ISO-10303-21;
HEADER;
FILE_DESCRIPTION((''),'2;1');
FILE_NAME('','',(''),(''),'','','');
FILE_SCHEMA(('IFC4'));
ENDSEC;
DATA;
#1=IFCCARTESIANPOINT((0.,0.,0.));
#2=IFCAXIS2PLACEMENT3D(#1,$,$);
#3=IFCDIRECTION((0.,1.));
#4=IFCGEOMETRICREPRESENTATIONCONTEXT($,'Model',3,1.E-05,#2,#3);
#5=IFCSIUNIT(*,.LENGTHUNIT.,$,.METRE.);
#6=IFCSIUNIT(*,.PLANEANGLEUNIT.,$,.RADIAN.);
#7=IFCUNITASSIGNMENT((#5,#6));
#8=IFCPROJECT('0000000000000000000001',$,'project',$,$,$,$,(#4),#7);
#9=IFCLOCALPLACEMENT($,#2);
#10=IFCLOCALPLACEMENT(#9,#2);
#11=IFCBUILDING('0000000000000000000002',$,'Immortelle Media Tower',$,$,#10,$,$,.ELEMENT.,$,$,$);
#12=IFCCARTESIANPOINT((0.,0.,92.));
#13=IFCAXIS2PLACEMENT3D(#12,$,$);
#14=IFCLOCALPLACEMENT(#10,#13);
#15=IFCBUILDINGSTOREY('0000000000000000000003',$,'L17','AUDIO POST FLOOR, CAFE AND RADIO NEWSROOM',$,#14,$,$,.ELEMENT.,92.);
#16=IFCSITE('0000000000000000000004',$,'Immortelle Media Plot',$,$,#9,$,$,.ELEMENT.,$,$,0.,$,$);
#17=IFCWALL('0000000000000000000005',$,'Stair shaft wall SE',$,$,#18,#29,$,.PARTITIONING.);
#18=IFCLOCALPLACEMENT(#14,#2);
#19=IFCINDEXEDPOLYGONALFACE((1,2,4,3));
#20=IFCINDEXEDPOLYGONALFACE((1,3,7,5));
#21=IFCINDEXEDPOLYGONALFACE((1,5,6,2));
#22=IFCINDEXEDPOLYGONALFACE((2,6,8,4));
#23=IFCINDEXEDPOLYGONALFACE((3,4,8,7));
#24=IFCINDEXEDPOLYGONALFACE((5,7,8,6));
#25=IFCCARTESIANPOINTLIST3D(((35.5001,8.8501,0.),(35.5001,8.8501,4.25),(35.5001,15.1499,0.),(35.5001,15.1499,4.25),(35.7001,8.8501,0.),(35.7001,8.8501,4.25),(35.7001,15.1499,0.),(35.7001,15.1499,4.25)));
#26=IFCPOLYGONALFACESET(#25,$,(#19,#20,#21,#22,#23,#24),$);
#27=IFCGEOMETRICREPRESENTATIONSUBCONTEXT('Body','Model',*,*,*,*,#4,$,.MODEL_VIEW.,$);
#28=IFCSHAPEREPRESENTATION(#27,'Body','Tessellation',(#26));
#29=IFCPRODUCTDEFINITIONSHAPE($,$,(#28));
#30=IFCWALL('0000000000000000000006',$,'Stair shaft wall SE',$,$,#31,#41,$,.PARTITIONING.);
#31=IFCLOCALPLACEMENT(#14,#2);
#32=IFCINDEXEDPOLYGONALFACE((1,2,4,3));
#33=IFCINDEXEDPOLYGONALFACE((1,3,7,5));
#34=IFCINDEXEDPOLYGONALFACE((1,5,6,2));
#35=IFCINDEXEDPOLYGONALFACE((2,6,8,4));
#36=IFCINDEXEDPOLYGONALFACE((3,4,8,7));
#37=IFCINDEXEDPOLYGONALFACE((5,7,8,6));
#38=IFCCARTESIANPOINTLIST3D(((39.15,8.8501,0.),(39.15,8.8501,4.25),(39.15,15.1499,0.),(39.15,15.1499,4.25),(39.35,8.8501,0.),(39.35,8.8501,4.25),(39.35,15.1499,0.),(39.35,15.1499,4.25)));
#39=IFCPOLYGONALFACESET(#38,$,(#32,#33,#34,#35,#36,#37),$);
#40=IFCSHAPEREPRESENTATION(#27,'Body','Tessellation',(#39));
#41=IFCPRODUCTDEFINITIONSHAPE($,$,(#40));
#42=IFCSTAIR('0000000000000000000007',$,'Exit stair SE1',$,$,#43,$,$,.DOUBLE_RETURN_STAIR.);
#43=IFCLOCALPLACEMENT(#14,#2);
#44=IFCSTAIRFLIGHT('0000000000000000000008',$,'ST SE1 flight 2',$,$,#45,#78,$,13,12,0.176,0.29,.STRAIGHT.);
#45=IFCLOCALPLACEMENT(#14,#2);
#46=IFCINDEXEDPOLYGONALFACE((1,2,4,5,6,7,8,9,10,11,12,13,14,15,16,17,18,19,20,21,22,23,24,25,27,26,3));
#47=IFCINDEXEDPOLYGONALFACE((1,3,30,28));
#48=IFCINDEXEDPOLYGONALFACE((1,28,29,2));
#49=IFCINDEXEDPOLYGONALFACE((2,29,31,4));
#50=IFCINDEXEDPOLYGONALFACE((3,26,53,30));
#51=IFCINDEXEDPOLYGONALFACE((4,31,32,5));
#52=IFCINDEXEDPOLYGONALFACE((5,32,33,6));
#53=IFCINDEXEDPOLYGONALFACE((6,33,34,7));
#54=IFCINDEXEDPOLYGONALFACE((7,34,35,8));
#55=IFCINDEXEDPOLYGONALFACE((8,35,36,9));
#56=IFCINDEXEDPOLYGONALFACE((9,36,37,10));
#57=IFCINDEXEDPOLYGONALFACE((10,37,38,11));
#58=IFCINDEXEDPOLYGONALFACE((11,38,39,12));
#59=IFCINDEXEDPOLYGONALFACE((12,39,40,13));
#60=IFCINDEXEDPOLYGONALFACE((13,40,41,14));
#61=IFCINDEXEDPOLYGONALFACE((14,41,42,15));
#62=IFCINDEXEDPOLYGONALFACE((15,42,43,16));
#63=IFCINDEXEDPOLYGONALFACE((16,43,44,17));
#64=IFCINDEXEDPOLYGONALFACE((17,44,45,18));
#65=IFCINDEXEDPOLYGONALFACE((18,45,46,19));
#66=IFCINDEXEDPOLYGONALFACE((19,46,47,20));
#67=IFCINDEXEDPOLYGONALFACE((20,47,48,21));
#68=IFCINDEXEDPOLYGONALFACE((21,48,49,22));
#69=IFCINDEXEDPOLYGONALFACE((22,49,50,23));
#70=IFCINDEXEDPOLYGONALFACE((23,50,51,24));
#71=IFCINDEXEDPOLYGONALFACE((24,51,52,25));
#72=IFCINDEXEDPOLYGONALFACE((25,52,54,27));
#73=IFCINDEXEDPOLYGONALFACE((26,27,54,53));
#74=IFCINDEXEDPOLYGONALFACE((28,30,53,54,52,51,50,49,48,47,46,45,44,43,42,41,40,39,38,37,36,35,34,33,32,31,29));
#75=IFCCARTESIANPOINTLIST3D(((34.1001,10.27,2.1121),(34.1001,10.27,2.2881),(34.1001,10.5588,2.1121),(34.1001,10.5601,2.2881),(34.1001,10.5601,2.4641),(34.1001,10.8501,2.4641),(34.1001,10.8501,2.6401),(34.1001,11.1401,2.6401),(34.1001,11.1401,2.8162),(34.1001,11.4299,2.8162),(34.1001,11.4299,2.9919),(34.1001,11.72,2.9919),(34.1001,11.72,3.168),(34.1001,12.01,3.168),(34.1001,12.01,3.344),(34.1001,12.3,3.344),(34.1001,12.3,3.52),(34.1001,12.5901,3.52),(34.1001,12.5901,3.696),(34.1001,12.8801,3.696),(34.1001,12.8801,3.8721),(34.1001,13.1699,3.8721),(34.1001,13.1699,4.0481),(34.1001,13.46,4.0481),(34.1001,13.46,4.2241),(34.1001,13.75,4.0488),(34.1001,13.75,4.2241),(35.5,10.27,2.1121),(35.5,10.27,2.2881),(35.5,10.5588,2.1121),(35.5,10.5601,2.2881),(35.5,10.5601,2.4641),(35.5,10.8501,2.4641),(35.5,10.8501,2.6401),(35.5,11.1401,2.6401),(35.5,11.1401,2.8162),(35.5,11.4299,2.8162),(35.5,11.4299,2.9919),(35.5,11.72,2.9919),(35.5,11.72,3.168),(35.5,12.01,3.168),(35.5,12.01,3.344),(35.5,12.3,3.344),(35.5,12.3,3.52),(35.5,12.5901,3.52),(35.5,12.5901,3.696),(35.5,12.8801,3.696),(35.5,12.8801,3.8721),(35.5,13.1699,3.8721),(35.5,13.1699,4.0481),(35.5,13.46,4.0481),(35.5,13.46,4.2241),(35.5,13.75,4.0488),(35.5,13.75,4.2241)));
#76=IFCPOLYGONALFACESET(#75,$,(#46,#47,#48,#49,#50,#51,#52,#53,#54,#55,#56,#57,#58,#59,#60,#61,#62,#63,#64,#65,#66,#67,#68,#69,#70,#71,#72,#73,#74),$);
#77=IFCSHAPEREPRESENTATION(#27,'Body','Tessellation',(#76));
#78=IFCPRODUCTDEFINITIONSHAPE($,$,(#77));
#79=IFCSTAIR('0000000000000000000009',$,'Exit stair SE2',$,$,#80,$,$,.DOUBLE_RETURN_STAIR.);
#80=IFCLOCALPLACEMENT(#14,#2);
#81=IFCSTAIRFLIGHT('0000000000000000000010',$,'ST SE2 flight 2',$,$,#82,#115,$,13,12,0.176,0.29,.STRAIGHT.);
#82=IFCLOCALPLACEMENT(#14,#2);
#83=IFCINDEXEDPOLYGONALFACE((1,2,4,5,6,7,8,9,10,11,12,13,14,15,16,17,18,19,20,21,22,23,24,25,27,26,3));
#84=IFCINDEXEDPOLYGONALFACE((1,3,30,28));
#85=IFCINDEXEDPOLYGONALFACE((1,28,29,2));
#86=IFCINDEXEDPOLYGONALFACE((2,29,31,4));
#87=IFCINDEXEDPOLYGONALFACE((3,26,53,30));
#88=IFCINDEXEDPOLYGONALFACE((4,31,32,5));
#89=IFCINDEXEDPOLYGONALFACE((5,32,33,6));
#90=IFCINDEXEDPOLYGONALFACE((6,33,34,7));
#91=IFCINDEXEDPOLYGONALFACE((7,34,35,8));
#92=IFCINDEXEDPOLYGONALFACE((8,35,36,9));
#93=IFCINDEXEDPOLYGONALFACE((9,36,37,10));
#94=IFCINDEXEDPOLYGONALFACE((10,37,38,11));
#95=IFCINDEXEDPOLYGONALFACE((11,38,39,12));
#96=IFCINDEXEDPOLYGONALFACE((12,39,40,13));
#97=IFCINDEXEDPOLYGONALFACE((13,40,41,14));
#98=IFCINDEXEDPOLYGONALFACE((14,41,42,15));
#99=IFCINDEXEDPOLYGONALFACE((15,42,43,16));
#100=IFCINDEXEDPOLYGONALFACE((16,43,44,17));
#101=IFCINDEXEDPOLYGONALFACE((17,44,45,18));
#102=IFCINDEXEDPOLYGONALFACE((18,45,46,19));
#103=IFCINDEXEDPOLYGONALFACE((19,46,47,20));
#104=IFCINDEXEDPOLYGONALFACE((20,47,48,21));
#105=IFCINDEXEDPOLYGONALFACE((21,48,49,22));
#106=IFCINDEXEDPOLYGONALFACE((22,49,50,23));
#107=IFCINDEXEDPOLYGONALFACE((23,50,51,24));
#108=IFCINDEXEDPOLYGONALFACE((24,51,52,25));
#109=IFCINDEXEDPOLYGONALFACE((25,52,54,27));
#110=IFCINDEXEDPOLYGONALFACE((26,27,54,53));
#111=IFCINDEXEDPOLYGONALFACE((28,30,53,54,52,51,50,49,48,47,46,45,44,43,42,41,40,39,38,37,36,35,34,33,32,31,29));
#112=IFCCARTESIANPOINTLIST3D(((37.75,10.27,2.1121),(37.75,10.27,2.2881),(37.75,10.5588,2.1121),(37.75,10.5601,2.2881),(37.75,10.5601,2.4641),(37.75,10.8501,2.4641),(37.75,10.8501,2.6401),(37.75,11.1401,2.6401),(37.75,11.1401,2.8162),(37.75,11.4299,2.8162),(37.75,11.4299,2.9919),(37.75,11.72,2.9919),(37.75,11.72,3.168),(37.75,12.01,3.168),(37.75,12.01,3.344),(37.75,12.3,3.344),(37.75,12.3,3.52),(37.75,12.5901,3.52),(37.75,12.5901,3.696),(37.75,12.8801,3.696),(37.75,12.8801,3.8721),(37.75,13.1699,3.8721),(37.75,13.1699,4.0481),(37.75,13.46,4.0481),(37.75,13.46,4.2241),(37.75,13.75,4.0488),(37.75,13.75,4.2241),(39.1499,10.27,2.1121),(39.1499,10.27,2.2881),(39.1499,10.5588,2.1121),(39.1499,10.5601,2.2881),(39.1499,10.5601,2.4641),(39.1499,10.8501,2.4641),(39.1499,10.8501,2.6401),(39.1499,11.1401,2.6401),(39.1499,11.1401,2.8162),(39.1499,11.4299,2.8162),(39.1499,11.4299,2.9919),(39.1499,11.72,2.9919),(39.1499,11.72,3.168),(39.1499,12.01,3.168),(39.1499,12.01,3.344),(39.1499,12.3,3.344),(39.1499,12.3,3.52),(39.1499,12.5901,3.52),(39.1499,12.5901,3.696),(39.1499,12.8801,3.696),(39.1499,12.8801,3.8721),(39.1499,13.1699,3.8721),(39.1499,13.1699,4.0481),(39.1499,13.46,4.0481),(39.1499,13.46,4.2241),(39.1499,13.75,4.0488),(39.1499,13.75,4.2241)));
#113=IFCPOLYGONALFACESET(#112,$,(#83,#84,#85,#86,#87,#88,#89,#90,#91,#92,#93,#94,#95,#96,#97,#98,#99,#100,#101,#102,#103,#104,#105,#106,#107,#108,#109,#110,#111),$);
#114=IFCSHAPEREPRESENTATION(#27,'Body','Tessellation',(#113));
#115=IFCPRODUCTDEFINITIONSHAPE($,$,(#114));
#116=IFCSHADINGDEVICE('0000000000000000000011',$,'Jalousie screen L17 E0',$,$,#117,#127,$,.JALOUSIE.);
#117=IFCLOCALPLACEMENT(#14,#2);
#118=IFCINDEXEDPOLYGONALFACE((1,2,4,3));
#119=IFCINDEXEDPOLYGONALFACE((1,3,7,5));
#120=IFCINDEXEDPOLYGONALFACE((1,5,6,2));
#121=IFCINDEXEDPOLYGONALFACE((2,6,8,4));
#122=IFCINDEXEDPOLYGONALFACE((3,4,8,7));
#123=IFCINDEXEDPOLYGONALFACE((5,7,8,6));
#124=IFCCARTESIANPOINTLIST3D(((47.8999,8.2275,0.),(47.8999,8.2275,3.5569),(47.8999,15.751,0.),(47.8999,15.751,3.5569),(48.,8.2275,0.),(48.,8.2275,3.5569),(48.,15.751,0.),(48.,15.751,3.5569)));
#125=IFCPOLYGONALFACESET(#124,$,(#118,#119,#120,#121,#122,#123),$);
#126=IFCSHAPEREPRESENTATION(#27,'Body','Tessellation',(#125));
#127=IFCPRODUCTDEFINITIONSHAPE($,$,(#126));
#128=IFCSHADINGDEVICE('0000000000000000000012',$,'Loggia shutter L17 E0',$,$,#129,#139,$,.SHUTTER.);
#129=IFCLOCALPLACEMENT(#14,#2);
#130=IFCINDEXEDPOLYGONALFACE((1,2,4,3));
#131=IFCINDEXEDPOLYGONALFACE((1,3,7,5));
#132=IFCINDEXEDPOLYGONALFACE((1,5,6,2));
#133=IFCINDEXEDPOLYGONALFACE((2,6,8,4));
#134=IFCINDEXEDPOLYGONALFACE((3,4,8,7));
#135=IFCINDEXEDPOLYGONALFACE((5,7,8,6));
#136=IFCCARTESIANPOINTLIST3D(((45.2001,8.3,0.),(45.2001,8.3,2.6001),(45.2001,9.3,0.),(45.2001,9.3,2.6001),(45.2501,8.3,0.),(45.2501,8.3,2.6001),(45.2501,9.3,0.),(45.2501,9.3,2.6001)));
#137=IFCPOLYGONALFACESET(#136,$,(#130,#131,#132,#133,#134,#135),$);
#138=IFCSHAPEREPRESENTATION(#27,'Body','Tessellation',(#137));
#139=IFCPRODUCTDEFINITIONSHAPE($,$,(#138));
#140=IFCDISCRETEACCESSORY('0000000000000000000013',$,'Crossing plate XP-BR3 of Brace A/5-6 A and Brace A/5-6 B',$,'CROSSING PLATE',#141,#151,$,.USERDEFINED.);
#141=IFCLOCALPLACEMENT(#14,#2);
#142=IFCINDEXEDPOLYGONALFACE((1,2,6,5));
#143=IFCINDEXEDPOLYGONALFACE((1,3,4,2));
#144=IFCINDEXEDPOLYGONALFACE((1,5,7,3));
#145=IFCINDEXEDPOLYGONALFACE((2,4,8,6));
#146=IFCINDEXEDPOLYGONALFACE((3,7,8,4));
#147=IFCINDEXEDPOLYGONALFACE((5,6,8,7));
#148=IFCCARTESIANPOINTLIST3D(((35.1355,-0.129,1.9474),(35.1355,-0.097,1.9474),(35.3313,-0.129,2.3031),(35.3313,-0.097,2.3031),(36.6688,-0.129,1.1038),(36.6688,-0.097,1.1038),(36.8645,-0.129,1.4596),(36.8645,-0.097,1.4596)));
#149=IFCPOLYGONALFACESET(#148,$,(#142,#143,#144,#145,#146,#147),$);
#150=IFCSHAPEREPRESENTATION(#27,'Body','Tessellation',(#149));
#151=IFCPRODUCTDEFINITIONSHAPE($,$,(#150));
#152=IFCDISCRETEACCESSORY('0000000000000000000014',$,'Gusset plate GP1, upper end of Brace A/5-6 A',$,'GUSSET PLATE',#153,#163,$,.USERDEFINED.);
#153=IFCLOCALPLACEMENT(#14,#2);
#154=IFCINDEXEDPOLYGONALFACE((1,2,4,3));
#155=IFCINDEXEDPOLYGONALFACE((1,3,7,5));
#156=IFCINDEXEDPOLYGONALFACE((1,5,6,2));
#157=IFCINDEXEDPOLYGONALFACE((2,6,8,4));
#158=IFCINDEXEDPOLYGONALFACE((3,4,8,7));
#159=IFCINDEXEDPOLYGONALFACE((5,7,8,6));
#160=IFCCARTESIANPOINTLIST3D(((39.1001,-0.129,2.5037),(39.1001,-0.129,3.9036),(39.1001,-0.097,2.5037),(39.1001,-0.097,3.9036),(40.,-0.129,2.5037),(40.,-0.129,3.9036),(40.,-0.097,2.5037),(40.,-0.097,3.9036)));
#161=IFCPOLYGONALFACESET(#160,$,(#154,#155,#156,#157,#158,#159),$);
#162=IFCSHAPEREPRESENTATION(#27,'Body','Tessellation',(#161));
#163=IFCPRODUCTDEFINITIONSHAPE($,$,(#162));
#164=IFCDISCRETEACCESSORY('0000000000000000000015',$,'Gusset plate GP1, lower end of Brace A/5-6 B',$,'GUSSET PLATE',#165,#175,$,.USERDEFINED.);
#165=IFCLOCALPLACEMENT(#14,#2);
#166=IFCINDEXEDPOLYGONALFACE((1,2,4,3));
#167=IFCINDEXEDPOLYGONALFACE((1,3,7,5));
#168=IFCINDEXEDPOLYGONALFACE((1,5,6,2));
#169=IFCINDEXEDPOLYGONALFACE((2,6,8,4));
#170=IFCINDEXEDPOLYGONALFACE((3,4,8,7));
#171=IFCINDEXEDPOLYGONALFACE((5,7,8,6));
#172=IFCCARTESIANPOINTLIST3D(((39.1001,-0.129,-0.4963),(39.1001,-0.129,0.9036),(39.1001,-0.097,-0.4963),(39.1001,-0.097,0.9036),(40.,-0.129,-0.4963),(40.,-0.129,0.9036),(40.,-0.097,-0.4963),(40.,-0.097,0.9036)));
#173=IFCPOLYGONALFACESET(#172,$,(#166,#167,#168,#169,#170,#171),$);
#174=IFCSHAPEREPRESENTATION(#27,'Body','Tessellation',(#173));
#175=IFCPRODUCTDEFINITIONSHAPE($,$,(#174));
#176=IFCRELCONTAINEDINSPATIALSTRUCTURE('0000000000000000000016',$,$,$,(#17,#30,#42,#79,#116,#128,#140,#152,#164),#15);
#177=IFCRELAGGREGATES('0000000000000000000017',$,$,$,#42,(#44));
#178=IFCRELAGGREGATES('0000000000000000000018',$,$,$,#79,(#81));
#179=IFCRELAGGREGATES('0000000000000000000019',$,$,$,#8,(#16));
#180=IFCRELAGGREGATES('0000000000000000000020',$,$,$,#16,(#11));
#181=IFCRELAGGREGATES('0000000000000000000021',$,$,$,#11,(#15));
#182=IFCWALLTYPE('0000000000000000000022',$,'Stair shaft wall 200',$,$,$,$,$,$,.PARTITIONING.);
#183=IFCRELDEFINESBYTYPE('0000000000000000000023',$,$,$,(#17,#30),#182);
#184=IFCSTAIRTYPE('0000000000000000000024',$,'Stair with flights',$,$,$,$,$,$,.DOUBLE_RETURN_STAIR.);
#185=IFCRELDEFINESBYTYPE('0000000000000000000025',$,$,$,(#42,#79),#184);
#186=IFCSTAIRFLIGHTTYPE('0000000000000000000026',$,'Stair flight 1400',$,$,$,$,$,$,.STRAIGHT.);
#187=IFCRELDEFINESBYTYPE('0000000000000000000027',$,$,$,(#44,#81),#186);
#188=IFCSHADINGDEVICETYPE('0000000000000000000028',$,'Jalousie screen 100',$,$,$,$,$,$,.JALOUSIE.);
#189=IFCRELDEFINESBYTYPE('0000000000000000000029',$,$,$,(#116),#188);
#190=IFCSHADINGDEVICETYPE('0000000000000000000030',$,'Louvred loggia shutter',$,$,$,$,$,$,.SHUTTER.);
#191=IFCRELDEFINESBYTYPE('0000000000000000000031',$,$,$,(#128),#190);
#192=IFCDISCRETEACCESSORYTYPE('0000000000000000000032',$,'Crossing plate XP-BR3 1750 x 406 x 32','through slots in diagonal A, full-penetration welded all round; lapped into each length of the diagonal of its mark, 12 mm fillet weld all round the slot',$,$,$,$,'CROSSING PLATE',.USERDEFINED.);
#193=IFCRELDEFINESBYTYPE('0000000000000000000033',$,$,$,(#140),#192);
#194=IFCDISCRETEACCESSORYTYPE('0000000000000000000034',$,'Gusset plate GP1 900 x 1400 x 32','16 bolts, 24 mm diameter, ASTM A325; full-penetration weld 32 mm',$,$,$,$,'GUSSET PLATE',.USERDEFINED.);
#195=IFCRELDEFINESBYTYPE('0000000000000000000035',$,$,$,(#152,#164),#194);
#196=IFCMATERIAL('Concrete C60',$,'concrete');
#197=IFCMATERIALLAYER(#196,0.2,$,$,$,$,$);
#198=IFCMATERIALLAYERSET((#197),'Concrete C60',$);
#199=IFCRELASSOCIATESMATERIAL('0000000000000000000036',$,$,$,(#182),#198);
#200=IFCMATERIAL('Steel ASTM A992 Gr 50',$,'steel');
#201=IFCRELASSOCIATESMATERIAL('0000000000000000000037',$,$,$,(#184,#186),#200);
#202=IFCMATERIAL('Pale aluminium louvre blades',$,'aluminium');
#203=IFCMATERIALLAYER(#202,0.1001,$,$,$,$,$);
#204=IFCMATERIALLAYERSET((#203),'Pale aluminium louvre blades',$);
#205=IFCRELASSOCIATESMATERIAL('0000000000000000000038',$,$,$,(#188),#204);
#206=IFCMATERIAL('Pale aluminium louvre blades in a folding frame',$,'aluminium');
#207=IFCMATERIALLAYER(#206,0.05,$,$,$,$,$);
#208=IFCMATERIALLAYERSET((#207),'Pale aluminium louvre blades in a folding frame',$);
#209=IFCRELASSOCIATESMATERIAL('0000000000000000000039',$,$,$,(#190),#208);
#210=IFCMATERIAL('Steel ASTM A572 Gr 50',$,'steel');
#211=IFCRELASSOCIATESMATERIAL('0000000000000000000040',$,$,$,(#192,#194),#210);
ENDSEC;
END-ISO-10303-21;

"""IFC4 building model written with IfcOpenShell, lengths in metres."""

from ifc_helpers import new_model, si_unit, direction, frame, frame_2d, origin, origin_2d, place, context, subcontext, project, spatial, polyline, rectangle, outline, extrude, material, layer, layer_set, material_profile, profile_set, type_object, element, aggregate, save


model = new_model("IFC4")

# Units and contexts
model_context = context("Model", 3, precision=1e-05, world=origin(), true_north=direction((0.0, 1.0)))
body_context = subcontext(model_context, "Body", "Model", "MODEL_VIEW")
ifc_project = project(units=[si_unit("LENGTHUNIT", "METRE"), si_unit("PLANEANGLEUNIT", "RADIAN")], contexts=[model_context])

# Site, building, storey
site_placement = place(None, origin())
site = spatial("IfcSite", under=ifc_project, at=site_placement, Name="Immortelle Media Plot", CompositionType="ELEMENT", RefElevation=0.0)
building_placement = place(site_placement, origin())
building = spatial("IfcBuilding", under=site, at=building_placement, Name="Immortelle Media Tower", CompositionType="ELEMENT")
storey_placement = place(building_placement, frame((0.0, 0.0, 92.0)))
storey = spatial("IfcBuildingStorey", under=building, at=storey_placement, Name="L17", Description="AUDIO POST FLOOR, CAFE AND RADIO NEWSROOM", CompositionType="ELEMENT", Elevation=92.0)

# Shared definitions
ifc_material_1 = material(Name="Steel ASTM A992 Gr 50", Category="steel")

# Walls
ifc_material_2 = material(Name="Concrete C60", Category="concrete")
ifc_layer_1 = layer(ifc_material_2, 0.2)
ifc_layer_set_1 = layer_set([ifc_layer_1], Name="Concrete C60")
wall_type_1 = type_object("IfcWallType", Name="Stair shaft wall 200", PredefinedType="PARTITIONING", material=ifc_layer_set_1)
for number, where, z_axis, x_axis, name in (
    (1, (35.6001, 8.8501, 0.0), (0.0, 0.0, 1.0), (0.0, 1.0, 0.0), "Stair shaft wall SE"),
    (2, (39.25, 8.8501, 0.0), (0.0, 0.0, 1.0), (0.0, 1.0, 0.0), "Stair shaft wall SE"),
):
    element("IfcWall", number, at=place(storey_placement, frame(where, z_axis=z_axis, x_axis=x_axis)), inside=storey, type_object=wall_type_1, Name=name, PredefinedType="PARTITIONING", context=body_context, shape_type="SweptSolid", body=[
        extrude(rectangle(XDim=6.2998, YDim=0.2, at=frame_2d((3.1499, 0.0))), origin(), (0.0, 0.0, 1.0), 4.25),
    ])

# Stairs, stair flights
stair_type = type_object("IfcStairType", Name="Stair with flights", PredefinedType="DOUBLE_RETURN_STAIR", material=ifc_material_1)
stair_1_placement = place(storey_placement, origin())
stair_1 = element("IfcStair", 3, at=stair_1_placement, inside=storey, type_object=stair_type, Name="Exit stair SE1", PredefinedType="DOUBLE_RETURN_STAIR")
stair_flight_type = type_object("IfcStairFlightType", Name="Stair flight 1400", PredefinedType="STRAIGHT", material=ifc_material_1)
stair_flight_1_placement = place(storey_placement, frame((34.8, 10.27, 2.1121), z_axis=(0.0, 0.0, 1.0), x_axis=(0.0, 1.0, 0.0)))
stair_flight_1 = element("IfcStairFlight", 4, at=stair_flight_1_placement, type_object=stair_flight_type, Name="ST SE1 flight 2", NumberOfRisers=13, NumberOfTreads=12, PredefinedType="STRAIGHT", RiserHeight=0.176, TreadLength=0.29, context=body_context, shape_type="SweptSolid", body=[
    extrude(outline(polyline([(0.0, 0.0), (0.0, 0.176), (0.29, 0.176), (0.29, 0.3521), (0.5801, 0.3521), (0.5801, 0.5281), (0.8701, 0.5281), (0.8701, 0.7041), (1.1599, 0.7041), (1.1599, 0.8799), (1.45, 0.8799), (1.45, 1.0559), (1.74, 1.0559), (1.74, 1.2319), (2.03, 1.2319), (2.03, 1.408), (2.3201, 1.408), (2.3201, 1.584), (2.6101, 1.584), (2.6101, 1.76), (2.8999, 1.76), (2.8999, 1.936), (3.1899, 1.936), (3.1899, 2.1121), (3.48, 2.1121), (3.48, 2.2881), (3.48, 1.9368), (0.2888, 0.0), (0.0, 0.0)])), frame((0.0, 0.7, 0.0), z_axis=(0.0, -1.0, 0.0), x_axis=(1.0, 0.0, 0.0)), (0.0, 0.0, 1.0), 1.3999),
])
aggregate(stair_1, [stair_flight_1])
stair_2_placement = place(storey_placement, origin())
stair_2 = element("IfcStair", 5, at=stair_2_placement, inside=storey, type_object=stair_type, Name="Exit stair SE2", PredefinedType="DOUBLE_RETURN_STAIR")
stair_flight_2_placement = place(storey_placement, frame((38.45, 10.27, 2.1121), z_axis=(0.0, 0.0, 1.0), x_axis=(0.0, 1.0, 0.0)))
stair_flight_2 = element("IfcStairFlight", 6, at=stair_flight_2_placement, type_object=stair_flight_type, Name="ST SE2 flight 2", NumberOfRisers=13, NumberOfTreads=12, PredefinedType="STRAIGHT", RiserHeight=0.176, TreadLength=0.29, context=body_context, shape_type="SweptSolid", body=[
    extrude(outline(polyline([(0.0, 0.0), (0.0, 0.176), (0.29, 0.176), (0.29, 0.3521), (0.5801, 0.3521), (0.5801, 0.5281), (0.8701, 0.5281), (0.8701, 0.7041), (1.1599, 0.7041), (1.1599, 0.8799), (1.45, 0.8799), (1.45, 1.0559), (1.74, 1.0559), (1.74, 1.2319), (2.03, 1.2319), (2.03, 1.408), (2.3201, 1.408), (2.3201, 1.584), (2.6101, 1.584), (2.6101, 1.76), (2.8999, 1.76), (2.8999, 1.936), (3.1899, 1.936), (3.1899, 2.1121), (3.48, 2.1121), (3.48, 2.2881), (3.48, 1.9368), (0.2888, 0.0), (0.0, 0.0)])), frame((0.0, 0.7, 0.0), z_axis=(0.0, -1.0, 0.0), x_axis=(1.0, 0.0, 0.0)), (0.0, 0.0, 1.0), 1.3999),
])
aggregate(stair_2, [stair_flight_2])

# Shading devices
ifc_material_3 = material(Name="Pale aluminium louvre blades", Category="aluminium")
ifc_layer_2 = layer(ifc_material_3, 0.1001)
ifc_layer_set_2 = layer_set([ifc_layer_2], Name="Pale aluminium louvre blades")
shading_device_type_1 = type_object("IfcShadingDeviceType", Name="Jalousie screen 100", PredefinedType="JALOUSIE", material=ifc_layer_set_2)
shading_device_1_placement = place(storey_placement, frame((47.95, 11.9893, 0.0), z_axis=(0.0, 0.0, 1.0), x_axis=(0.0, 1.0, 0.0)))
element("IfcShadingDevice", 7, at=shading_device_1_placement, inside=storey, type_object=shading_device_type_1, Name="Jalousie screen L17 E0", PredefinedType="JALOUSIE", context=body_context, shape_type="SweptSolid", body=[
    extrude(rectangle(XDim=7.5234, YDim=0.1001, at=origin_2d()), origin(), (0.0, 0.0, 1.0), 3.5569),
])
ifc_material_4 = material(Name="Pale aluminium louvre blades in a folding frame", Category="aluminium")
ifc_layer_3 = layer(ifc_material_4, 0.05)
ifc_layer_set_3 = layer_set([ifc_layer_3], Name="Pale aluminium louvre blades in a folding frame")
shading_device_type_2 = type_object("IfcShadingDeviceType", Name="Louvred loggia shutter", PredefinedType="SHUTTER", material=ifc_layer_set_3)
shading_device_2_placement = place(storey_placement, frame((45.2251, 8.8, 0.0), z_axis=(0.0, 0.0, 1.0), x_axis=(0.0, 1.0, 0.0)))
element("IfcShadingDevice", 8, at=shading_device_2_placement, inside=storey, type_object=shading_device_type_2, Name="Loggia shutter L17 E0", PredefinedType="SHUTTER", context=body_context, shape_type="SweptSolid", body=[
    extrude(rectangle(XDim=1.0, YDim=0.05, at=origin_2d()), origin(), (0.0, 0.0, 1.0), 2.6001),
])

# Discrete accessories
ifc_material_5 = material(Name="Steel ASTM A572 Gr 50", Category="steel")
ifc_material_profile_1 = material_profile(ifc_material_5, rectangle(XDim=0.032, YDim=0.406, at=origin_2d()), Name="PL 32 x 406")
ifc_profile_set_1 = profile_set([ifc_material_profile_1], Name="Steel ASTM A572 Gr 50")
discrete_accessory_type_1 = type_object("IfcDiscreteAccessoryType", Name="Crossing plate XP-BR3 1750 x 406 x 32", Description="through slots in diagonal A, full-penetration welded all round; lapped into each length of the diagonal of its mark, 12 mm fillet weld all round the slot", ElementType="CROSSING PLATE", PredefinedType="USERDEFINED", material=ifc_profile_set_1)
discrete_accessory_placement = place(storey_placement, frame((35.2334, -0.113, 2.1252), z_axis=(0.876157, 0.0, -0.482026), x_axis=(0.0, 1.0, 0.0)))
element("IfcDiscreteAccessory", 9, at=discrete_accessory_placement, inside=storey, type_object=discrete_accessory_type_1, Name="Crossing plate XP-BR3 of Brace A/5-6 A and Brace A/5-6 B", ObjectType="CROSSING PLATE", PredefinedType="USERDEFINED", context=body_context, shape_type="SweptSolid", body=[
    extrude(rectangle(XDim=0.032, YDim=0.406, at=origin_2d()), origin(), (0.0, 0.0, 1.0), 1.75),
])
ifc_material_profile_2 = material_profile(ifc_material_5, rectangle(XDim=0.032, YDim=1.3999, at=origin_2d()), Name="PL 32 x 1400")
ifc_profile_set_2 = profile_set([ifc_material_profile_2], Name="Steel ASTM A572 Gr 50")
discrete_accessory_type_2 = type_object("IfcDiscreteAccessoryType", Name="Gusset plate GP1 900 x 1400 x 32", Description="16 bolts, 24 mm diameter, ASTM A325; full-penetration weld 32 mm", ElementType="GUSSET PLATE", PredefinedType="USERDEFINED", material=ifc_profile_set_2)
for number, where, z_axis, x_axis, name in (
    (10, (40.0, -0.113, 3.2036), (-1.0, 0.0, 0.0), (0.0, -1.0, 0.0), "Gusset plate GP1, upper end of Brace A/5-6 A"),
    (11, (40.0, -0.113, 0.2036), (-1.0, 0.0, 0.0), (0.0, -1.0, 0.0), "Gusset plate GP1, lower end of Brace A/5-6 B"),
):
    element("IfcDiscreteAccessory", number, at=place(storey_placement, frame(where, z_axis=z_axis, x_axis=x_axis)), inside=storey, type_object=discrete_accessory_type_2, Name=name, ObjectType="GUSSET PLATE", PredefinedType="USERDEFINED", context=body_context, shape_type="SweptSolid", body=[
        extrude(rectangle(XDim=0.032, YDim=1.3999, at=origin_2d()), origin(), (0.0, 0.0, 1.0), 0.8999),
    ])

save(model, "model.ifc")
